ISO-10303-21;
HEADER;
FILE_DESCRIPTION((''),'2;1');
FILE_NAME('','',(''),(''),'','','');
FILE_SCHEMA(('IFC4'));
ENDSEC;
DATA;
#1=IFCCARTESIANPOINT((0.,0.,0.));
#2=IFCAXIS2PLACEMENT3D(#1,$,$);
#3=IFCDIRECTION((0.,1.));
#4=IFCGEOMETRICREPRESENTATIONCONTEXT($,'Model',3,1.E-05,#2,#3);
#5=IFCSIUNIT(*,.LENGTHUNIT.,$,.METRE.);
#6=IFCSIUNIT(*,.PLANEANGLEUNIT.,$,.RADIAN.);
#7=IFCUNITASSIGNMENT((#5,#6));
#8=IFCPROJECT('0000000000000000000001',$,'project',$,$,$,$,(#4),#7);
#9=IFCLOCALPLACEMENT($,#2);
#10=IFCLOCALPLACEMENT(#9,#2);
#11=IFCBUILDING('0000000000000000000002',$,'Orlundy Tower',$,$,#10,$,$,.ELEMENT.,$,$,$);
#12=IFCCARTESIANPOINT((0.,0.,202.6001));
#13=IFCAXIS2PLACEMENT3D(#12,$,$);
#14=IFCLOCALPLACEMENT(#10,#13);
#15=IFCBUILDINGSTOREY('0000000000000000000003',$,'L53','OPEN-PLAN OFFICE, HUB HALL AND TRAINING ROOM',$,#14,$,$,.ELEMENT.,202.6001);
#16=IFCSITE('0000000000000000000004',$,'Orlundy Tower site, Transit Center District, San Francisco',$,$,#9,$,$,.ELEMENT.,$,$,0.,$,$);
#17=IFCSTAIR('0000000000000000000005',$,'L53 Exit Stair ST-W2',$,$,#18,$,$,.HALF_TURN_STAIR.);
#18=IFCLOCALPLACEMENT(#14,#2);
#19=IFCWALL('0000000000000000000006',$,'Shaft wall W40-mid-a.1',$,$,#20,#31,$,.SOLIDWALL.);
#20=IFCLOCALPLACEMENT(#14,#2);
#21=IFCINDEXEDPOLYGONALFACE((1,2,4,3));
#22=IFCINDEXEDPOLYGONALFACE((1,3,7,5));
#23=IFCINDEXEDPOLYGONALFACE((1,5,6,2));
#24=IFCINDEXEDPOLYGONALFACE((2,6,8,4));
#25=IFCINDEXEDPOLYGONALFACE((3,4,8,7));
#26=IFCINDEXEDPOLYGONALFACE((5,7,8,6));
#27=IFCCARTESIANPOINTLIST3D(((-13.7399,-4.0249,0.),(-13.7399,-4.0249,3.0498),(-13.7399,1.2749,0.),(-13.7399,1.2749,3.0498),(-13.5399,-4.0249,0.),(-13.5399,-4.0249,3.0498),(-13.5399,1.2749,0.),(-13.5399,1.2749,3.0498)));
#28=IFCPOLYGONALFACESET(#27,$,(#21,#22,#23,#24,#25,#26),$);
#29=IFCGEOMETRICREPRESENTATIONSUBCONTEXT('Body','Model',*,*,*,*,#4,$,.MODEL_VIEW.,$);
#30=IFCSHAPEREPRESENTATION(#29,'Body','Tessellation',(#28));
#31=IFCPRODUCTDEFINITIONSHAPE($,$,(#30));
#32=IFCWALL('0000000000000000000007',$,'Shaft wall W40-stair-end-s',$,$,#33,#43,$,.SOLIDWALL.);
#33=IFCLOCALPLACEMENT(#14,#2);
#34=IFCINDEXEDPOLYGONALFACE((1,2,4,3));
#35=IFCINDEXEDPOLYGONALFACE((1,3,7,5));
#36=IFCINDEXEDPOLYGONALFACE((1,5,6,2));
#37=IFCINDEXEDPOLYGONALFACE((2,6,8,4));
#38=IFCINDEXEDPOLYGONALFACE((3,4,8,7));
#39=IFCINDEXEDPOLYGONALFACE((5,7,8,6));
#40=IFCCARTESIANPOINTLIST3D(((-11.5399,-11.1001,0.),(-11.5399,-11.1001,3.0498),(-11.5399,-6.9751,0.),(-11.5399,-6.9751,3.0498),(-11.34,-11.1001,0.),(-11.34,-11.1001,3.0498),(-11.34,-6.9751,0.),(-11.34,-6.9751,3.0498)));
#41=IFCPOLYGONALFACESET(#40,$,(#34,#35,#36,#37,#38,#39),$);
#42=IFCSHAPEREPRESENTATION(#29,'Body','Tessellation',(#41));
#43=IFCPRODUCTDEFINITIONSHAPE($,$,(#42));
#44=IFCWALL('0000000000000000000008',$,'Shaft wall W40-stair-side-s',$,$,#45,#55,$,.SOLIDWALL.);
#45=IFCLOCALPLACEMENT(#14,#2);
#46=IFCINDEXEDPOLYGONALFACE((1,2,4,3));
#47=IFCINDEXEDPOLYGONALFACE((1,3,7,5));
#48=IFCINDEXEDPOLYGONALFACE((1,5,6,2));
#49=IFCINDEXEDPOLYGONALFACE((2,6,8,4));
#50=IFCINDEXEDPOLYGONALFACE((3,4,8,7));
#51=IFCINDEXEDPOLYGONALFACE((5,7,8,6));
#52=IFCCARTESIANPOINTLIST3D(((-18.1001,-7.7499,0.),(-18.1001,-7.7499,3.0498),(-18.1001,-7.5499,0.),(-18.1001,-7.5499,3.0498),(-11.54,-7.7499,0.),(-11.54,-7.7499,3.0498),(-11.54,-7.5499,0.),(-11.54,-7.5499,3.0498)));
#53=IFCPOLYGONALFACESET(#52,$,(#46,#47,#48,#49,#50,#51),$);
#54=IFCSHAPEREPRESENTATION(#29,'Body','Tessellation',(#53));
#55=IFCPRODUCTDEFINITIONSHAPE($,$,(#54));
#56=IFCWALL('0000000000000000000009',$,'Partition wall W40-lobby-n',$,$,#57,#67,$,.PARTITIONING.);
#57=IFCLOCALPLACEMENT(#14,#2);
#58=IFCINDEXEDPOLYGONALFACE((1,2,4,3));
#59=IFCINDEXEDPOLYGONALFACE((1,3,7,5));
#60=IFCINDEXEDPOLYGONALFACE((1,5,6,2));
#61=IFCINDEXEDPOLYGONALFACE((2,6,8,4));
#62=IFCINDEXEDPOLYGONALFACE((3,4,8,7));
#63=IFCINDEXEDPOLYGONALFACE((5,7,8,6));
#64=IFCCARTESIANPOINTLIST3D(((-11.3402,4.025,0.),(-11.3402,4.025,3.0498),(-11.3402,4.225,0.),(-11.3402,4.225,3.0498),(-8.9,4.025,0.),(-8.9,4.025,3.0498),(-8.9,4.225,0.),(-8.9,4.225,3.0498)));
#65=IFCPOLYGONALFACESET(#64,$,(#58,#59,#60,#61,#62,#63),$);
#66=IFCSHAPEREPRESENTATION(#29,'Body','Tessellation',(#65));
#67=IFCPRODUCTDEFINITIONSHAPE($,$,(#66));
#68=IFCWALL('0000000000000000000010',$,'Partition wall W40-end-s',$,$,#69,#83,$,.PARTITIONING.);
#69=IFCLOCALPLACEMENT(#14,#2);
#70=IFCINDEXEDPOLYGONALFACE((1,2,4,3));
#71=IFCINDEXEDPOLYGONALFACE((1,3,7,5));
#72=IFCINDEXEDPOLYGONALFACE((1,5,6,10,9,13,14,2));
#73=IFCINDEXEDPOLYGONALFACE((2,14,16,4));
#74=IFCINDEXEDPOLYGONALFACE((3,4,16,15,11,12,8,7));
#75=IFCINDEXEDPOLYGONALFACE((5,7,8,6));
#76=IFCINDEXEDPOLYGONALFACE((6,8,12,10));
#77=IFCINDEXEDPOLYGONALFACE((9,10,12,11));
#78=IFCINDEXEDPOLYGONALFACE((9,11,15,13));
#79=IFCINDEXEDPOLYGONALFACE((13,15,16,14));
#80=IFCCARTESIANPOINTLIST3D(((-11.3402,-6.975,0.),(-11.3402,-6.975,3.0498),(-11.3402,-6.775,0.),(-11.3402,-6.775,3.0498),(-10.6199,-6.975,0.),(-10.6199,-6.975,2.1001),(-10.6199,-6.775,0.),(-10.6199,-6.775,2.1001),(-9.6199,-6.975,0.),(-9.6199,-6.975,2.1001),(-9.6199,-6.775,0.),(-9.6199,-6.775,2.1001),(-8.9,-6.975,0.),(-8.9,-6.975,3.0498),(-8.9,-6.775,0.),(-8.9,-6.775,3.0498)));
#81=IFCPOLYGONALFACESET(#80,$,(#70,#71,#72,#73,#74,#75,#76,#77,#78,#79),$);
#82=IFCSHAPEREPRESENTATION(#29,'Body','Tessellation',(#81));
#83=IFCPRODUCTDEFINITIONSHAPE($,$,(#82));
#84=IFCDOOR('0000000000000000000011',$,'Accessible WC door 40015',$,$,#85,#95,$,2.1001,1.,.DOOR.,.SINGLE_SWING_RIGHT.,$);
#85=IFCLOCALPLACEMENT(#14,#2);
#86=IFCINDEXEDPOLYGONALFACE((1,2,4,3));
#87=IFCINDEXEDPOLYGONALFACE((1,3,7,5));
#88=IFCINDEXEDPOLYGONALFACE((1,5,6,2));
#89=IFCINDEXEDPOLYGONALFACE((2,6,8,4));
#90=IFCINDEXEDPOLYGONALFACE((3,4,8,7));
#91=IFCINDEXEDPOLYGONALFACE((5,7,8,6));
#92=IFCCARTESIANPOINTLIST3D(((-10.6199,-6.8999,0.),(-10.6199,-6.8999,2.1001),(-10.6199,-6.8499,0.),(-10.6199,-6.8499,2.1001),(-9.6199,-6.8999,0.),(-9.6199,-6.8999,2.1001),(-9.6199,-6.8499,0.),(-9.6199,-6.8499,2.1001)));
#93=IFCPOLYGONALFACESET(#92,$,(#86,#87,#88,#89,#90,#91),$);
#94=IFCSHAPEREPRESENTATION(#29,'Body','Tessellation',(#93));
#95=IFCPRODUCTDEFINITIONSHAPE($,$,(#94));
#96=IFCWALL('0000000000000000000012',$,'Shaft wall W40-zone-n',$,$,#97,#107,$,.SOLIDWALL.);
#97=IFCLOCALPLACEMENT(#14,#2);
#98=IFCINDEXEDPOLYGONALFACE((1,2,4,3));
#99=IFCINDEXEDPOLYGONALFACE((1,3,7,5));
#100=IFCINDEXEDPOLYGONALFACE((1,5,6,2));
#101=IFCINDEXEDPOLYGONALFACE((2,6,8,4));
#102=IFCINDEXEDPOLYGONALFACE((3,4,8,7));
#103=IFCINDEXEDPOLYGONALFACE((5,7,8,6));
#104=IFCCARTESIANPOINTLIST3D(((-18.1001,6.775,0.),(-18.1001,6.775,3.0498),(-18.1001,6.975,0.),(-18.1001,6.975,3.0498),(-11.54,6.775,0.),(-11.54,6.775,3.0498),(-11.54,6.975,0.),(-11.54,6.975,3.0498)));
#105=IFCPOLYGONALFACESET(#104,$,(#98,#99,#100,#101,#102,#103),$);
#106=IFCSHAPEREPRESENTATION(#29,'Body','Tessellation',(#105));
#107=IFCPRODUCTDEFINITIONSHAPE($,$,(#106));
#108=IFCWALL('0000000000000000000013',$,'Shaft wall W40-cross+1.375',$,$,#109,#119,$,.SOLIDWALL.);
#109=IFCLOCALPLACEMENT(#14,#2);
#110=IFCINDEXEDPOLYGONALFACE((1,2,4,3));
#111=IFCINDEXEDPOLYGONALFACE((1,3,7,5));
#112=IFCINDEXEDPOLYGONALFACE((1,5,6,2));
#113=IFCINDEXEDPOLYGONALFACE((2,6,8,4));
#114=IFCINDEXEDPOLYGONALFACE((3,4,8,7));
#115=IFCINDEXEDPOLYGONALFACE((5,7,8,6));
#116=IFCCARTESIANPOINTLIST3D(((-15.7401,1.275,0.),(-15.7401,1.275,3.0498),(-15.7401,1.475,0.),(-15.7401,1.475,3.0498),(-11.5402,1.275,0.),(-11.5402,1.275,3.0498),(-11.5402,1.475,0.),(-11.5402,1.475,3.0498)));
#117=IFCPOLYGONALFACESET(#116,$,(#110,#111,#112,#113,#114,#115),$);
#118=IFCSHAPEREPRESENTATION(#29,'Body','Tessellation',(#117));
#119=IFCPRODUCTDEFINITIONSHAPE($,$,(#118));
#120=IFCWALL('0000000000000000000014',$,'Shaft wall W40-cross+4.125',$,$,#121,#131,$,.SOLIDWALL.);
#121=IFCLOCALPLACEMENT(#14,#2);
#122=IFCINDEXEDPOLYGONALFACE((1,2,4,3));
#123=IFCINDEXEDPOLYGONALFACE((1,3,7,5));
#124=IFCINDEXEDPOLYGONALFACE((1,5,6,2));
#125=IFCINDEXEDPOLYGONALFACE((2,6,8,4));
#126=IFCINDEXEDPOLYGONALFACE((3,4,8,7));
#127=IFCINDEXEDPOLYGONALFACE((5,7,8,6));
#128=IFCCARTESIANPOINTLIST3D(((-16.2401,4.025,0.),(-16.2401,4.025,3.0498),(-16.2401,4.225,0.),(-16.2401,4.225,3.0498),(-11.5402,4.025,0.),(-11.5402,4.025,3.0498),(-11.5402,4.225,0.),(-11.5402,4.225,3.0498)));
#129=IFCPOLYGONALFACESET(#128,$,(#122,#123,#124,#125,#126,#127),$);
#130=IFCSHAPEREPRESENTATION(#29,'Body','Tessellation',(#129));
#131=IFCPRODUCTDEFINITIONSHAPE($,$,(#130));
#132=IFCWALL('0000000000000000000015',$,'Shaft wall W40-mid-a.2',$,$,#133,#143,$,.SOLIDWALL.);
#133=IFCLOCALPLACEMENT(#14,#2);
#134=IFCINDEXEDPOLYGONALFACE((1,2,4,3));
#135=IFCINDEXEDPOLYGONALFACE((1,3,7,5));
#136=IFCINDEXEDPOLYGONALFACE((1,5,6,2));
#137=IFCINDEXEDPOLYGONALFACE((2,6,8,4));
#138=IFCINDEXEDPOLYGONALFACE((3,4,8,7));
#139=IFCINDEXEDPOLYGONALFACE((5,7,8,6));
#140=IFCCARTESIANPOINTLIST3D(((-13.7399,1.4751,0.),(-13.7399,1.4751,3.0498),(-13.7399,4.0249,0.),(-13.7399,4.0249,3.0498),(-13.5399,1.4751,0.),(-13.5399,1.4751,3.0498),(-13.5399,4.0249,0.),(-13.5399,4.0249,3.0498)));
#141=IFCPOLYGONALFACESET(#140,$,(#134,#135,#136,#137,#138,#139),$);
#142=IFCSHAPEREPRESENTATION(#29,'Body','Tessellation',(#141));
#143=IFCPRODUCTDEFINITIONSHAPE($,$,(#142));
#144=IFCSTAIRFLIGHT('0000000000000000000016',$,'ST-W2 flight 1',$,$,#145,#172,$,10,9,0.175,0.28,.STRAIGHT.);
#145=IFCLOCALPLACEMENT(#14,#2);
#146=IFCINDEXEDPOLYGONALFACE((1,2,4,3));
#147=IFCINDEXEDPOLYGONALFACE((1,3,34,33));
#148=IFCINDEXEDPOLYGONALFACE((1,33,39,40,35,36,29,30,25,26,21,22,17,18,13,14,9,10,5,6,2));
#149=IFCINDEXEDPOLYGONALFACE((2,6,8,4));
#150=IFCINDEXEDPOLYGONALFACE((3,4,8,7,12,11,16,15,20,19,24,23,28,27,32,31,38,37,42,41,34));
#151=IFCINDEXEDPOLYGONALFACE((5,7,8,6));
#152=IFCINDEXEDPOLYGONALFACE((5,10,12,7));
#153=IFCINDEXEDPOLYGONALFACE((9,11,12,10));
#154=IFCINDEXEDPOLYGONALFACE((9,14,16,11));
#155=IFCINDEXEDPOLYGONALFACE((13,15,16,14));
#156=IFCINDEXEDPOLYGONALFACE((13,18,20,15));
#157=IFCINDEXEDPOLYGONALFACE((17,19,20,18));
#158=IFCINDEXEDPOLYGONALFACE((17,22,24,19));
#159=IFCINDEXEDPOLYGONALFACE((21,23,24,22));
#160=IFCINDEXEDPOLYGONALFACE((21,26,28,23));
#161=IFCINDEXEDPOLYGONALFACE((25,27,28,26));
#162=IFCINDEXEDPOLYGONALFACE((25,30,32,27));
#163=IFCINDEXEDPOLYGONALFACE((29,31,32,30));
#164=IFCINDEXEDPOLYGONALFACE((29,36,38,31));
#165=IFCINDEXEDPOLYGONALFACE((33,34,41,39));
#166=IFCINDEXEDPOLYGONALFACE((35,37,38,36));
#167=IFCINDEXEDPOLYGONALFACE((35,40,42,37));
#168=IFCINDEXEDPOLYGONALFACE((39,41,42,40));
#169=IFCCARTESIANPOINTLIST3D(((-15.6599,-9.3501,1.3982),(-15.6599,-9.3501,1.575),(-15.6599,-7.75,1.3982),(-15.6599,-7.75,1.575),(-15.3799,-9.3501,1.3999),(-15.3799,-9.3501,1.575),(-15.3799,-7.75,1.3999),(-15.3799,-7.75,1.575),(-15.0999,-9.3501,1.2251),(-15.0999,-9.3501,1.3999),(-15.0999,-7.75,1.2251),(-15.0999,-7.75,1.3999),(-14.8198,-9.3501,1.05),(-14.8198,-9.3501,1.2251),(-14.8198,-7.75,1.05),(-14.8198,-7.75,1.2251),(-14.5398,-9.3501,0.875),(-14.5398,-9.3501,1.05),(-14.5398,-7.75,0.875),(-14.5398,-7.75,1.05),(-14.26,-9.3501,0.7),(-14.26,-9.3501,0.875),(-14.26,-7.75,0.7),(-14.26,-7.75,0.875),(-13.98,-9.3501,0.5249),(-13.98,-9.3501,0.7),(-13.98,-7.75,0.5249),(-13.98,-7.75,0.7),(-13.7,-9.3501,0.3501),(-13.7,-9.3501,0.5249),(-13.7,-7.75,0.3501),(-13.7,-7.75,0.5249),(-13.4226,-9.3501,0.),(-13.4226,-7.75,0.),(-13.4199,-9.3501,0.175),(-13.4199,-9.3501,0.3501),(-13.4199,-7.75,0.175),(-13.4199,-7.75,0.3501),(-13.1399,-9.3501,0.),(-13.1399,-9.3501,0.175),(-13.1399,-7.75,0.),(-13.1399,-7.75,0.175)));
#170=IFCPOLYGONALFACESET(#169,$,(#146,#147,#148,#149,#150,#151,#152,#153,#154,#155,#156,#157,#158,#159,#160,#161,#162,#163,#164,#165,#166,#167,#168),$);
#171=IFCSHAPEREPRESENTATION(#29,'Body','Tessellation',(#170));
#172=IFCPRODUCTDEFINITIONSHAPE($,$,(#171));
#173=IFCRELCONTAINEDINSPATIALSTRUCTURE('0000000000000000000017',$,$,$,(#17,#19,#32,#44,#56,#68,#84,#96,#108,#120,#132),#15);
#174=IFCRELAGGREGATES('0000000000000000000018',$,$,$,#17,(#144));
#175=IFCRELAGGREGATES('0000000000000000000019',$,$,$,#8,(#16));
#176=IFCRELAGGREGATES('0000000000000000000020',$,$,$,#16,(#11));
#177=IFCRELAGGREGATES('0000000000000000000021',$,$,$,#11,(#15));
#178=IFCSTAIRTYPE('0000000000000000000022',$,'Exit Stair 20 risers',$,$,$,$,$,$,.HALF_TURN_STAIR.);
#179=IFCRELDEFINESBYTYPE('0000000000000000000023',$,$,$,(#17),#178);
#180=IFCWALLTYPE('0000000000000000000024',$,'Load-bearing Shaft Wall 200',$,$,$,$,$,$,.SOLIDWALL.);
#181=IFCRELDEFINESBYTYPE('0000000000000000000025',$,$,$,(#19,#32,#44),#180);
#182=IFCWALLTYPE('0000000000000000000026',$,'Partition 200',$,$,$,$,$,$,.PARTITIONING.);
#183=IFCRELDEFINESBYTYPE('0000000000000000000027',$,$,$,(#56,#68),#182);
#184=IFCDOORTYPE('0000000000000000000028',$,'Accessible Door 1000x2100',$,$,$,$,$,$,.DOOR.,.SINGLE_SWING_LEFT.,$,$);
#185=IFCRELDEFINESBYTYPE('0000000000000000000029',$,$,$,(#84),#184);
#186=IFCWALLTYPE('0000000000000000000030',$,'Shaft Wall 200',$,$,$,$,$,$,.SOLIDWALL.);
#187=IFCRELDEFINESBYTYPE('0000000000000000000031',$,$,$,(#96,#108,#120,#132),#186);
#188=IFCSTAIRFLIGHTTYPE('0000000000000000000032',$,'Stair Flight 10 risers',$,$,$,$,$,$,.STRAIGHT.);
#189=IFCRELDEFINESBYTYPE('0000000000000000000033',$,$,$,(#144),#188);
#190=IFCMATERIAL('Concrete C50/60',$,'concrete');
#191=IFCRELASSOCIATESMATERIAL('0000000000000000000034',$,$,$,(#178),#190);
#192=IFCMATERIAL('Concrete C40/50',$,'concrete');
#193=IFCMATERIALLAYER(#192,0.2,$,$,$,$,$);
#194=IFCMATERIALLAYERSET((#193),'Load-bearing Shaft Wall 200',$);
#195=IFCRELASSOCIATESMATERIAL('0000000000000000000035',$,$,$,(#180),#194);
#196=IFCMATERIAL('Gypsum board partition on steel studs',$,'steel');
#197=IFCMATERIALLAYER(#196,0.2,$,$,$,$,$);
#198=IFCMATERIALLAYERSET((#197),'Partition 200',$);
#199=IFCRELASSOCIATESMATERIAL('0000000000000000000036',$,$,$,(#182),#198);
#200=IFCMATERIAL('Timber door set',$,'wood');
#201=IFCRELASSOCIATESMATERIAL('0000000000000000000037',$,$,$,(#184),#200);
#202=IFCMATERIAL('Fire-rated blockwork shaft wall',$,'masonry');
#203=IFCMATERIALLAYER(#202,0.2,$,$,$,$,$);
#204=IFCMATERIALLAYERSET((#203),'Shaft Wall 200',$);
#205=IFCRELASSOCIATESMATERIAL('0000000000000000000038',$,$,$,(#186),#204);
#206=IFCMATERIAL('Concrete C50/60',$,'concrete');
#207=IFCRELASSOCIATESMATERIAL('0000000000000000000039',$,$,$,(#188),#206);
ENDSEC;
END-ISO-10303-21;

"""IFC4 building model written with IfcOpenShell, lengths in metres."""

from ifc_helpers import new_model, si_unit, direction, frame, frame_2d, origin, place, context, subcontext, project, spatial, polyline, rectangle, outline, extrude, material, layer, layer_set, type_object, element, fill, aggregate, save


model = new_model("IFC4")

# Units and contexts
model_context = context("Model", 3, precision=1e-05, world=origin(), true_north=direction((0.0, 1.0)))
body_context = subcontext(model_context, "Body", "Model", "MODEL_VIEW")
ifc_project = project(units=[si_unit("LENGTHUNIT", "METRE"), si_unit("PLANEANGLEUNIT", "RADIAN")], contexts=[model_context])

# Site, building, storey
site_placement = place(None, origin())
site = spatial("IfcSite", under=ifc_project, at=site_placement, Name="Orlundy Tower site, Transit Center District, San Francisco", CompositionType="ELEMENT", RefElevation=0.0)
building_placement = place(site_placement, origin())
building = spatial("IfcBuilding", under=site, at=building_placement, Name="Orlundy Tower", CompositionType="ELEMENT")
storey_placement = place(building_placement, frame((0.0, 0.0, 202.6001)))
storey = spatial("IfcBuildingStorey", under=building, at=storey_placement, Name="L53", Description="OPEN-PLAN OFFICE, HUB HALL AND TRAINING ROOM", CompositionType="ELEMENT", Elevation=202.6001)

# Stair
ifc_material_1 = material(Name="Concrete C50/60", Category="concrete")
stair_type = type_object("IfcStairType", Name="Exit Stair 20 risers", PredefinedType="HALF_TURN_STAIR", material=ifc_material_1)
stair_1_placement = place(storey_placement, origin())
stair_1 = element("IfcStair", 1, at=stair_1_placement, inside=storey, type_object=stair_type, Name="L53 Exit Stair ST-W2", PredefinedType="HALF_TURN_STAIR")

# Shared definitions
ifc_material_2 = material(Name="Concrete C40/50", Category="concrete")
ifc_layer_1 = layer(ifc_material_2, 0.2)
ifc_layer_set_1 = layer_set([ifc_layer_1], Name="Load-bearing Shaft Wall 200")
wall_type_1 = type_object("IfcWallType", Name="Load-bearing Shaft Wall 200", PredefinedType="SOLIDWALL", material=ifc_layer_set_1)

# Walls
wall_1_placement = place(storey_placement, frame((-13.6399, -4.0249, 0.0), z_axis=(0.0, 0.0, 1.0), x_axis=(0.0, 1.0, 0.0)))
element("IfcWall", 2, at=wall_1_placement, inside=storey, type_object=wall_type_1, Name="Shaft wall W40-mid-a.1", PredefinedType="SOLIDWALL", context=body_context, shape_type="SweptSolid", body=[
    extrude(rectangle(XDim=5.2998, YDim=0.2, at=frame_2d((2.6499, 0.0))), origin(), (0.0, 0.0, 1.0), 3.0498),
])
wall_2_placement = place(storey_placement, frame((-11.4399, -11.1001, 0.0), z_axis=(0.0, 0.0, 1.0), x_axis=(0.0, 1.0, 0.0)))
element("IfcWall", 3, at=wall_2_placement, inside=storey, type_object=wall_type_1, Name="Shaft wall W40-stair-end-s", PredefinedType="SOLIDWALL", context=body_context, shape_type="SweptSolid", body=[
    extrude(rectangle(XDim=4.125, YDim=0.2, at=frame_2d((2.0625, 0.0))), origin(), (0.0, 0.0, 1.0), 3.0498),
])
wall_3_placement = place(storey_placement, frame((-11.54, -7.6499, 0.0), z_axis=(0.0, 0.0, 1.0), x_axis=(-1.0, 0.0, 0.0)))
element("IfcWall", 4, at=wall_3_placement, inside=storey, type_object=wall_type_1, Name="Shaft wall W40-stair-side-s", PredefinedType="SOLIDWALL", context=body_context, shape_type="SweptSolid", body=[
    extrude(rectangle(XDim=6.5601, YDim=0.2, at=frame_2d((3.28, 0.0))), origin(), (0.0, 0.0, 1.0), 3.0498),
])
ifc_material_3 = material(Name="Gypsum board partition on steel studs", Category="steel")
ifc_layer_2 = layer(ifc_material_3, 0.2)
ifc_layer_set_2 = layer_set([ifc_layer_2], Name="Partition 200")
wall_type_2 = type_object("IfcWallType", Name="Partition 200", PredefinedType="PARTITIONING", material=ifc_layer_set_2)
wall_4_placement = place(storey_placement, frame((-8.8999, 4.125, 0.0), z_axis=(0.0, 0.0, 1.0), x_axis=(-1.0, 0.0, 0.0)))
element("IfcWall", 5, at=wall_4_placement, inside=storey, type_object=wall_type_2, Name="Partition wall W40-lobby-n", PredefinedType="PARTITIONING", context=body_context, shape_type="SweptSolid", body=[
    extrude(rectangle(XDim=2.4402, YDim=0.2, at=frame_2d((1.2202, 0.0))), origin(), (0.0, 0.0, 1.0), 3.0498),
])

# Wall, opening, door
wall_5_placement = place(storey_placement, frame((-8.8999, -6.875, 0.0), z_axis=(0.0, 0.0, 1.0), x_axis=(-1.0, 0.0, 0.0)))
wall_5 = element("IfcWall", 6, at=wall_5_placement, inside=storey, type_object=wall_type_2, Name="Partition wall W40-end-s", PredefinedType="PARTITIONING", context=body_context, shape_type="SweptSolid", body=[
    extrude(rectangle(XDim=2.4402, YDim=0.2, at=frame_2d((1.2202, 0.0))), origin(), (0.0, 0.0, 1.0), 3.0498),
])
opening_1_placement = place(wall_5_placement, frame((0.72, 0.0, 0.0)))
opening_1 = element("IfcOpeningElement", 7, at=opening_1_placement, cuts=wall_5, PredefinedType="OPENING", context=body_context, shape_type="SweptSolid", body=[
    extrude(rectangle(XDim=1.0, YDim=2.1001, at=frame_2d((0.5, 1.05))), frame((0.0, 0.1101, 0.0), z_axis=(0.0, -1.0, 0.0), x_axis=(1.0, 0.0, 0.0)), (0.0, 0.0, 1.0), 0.2202),
])
ifc_material_4 = material(Name="Timber door set", Category="wood")
door_type_1 = type_object("IfcDoorType", Name="Accessible Door 1000x2100", OperationType="SINGLE_SWING_LEFT", PredefinedType="DOOR", material=ifc_material_4)
door_1_placement = place(opening_1_placement, origin())
door_1 = element("IfcDoor", 8, at=door_1_placement, inside=storey, type_object=door_type_1, Name="Accessible WC door 40015", OperationType="SINGLE_SWING_RIGHT", OverallHeight=2.1001, OverallWidth=1.0, PredefinedType="DOOR", context=body_context, shape_type="SweptSolid", body=[
    extrude(rectangle(XDim=1.0, YDim=2.1001, at=frame_2d((0.5, 1.05))), frame((0.0, 0.0249, 0.0), z_axis=(0.0, -1.0, 0.0), x_axis=(1.0, 0.0, 0.0)), (0.0, 0.0, 1.0), 0.05),
])
fill(opening_1, door_1)

# Walls
ifc_material_5 = material(Name="Fire-rated blockwork shaft wall", Category="masonry")
ifc_layer_3 = layer(ifc_material_5, 0.2)
ifc_layer_set_3 = layer_set([ifc_layer_3], Name="Shaft Wall 200")
wall_type_3 = type_object("IfcWallType", Name="Shaft Wall 200", PredefinedType="SOLIDWALL", material=ifc_layer_set_3)
wall_6_placement = place(storey_placement, frame((-11.54, 6.875, 0.0), z_axis=(0.0, 0.0, 1.0), x_axis=(-1.0, 0.0, 0.0)))
element("IfcWall", 9, at=wall_6_placement, inside=storey, type_object=wall_type_3, Name="Shaft wall W40-zone-n", PredefinedType="SOLIDWALL", context=body_context, shape_type="SweptSolid", body=[
    extrude(rectangle(XDim=6.5601, YDim=0.2, at=frame_2d((3.28, 0.0))), origin(), (0.0, 0.0, 1.0), 3.0498),
])
wall_7_placement = place(storey_placement, frame((-11.54, 1.375, 0.0), z_axis=(0.0, 0.0, 1.0), x_axis=(-1.0, 0.0, 0.0)))
element("IfcWall", 10, at=wall_7_placement, inside=storey, type_object=wall_type_3, Name="Shaft wall W40-cross+1.375", PredefinedType="SOLIDWALL", context=body_context, shape_type="SweptSolid", body=[
    extrude(rectangle(XDim=4.2, YDim=0.2, at=frame_2d((2.1001, 0.0))), origin(), (0.0, 0.0, 1.0), 3.0498),
])
wall_8_placement = place(storey_placement, frame((-11.54, 4.125, 0.0), z_axis=(0.0, 0.0, 1.0), x_axis=(-1.0, 0.0, 0.0)))
element("IfcWall", 11, at=wall_8_placement, inside=storey, type_object=wall_type_3, Name="Shaft wall W40-cross+4.125", PredefinedType="SOLIDWALL", context=body_context, shape_type="SweptSolid", body=[
    extrude(rectangle(XDim=4.7, YDim=0.2, at=frame_2d((2.3501, 0.0))), origin(), (0.0, 0.0, 1.0), 3.0498),
])
wall_9_placement = place(storey_placement, frame((-13.6399, 1.4751, 0.0), z_axis=(0.0, 0.0, 1.0), x_axis=(0.0, 1.0, 0.0)))
element("IfcWall", 12, at=wall_9_placement, inside=storey, type_object=wall_type_3, Name="Shaft wall W40-mid-a.2", PredefinedType="SOLIDWALL", context=body_context, shape_type="SweptSolid", body=[
    extrude(rectangle(XDim=2.5498, YDim=0.2, at=frame_2d((1.2749, 0.0))), origin(), (0.0, 0.0, 1.0), 3.0498),
])

# Stair flight
ifc_material_6 = material(Name="Concrete C50/60", Category="concrete")
stair_flight_type = type_object("IfcStairFlightType", Name="Stair Flight 10 risers", PredefinedType="STRAIGHT", material=ifc_material_6)
stair_flight_placement = place(storey_placement, frame((-13.1399, -8.55, 0.0), z_axis=(0.0, 0.0, 1.0), x_axis=(-1.0, 0.0, 0.0)))
stair_flight = element("IfcStairFlight", 13, at=stair_flight_placement, type_object=stair_flight_type, Name="ST-W2 flight 1", NumberOfRisers=10, NumberOfTreads=9, PredefinedType="STRAIGHT", RiserHeight=0.175, TreadLength=0.28, context=body_context, shape_type="SweptSolid", body=[
    extrude(outline(polyline([(0.0, 0.0), (0.0, 0.175), (0.28, 0.175), (0.28, 0.3501), (0.5601, 0.3501), (0.5601, 0.5249), (0.8401, 0.5249), (0.8401, 0.7), (1.1201, 0.7), (1.1201, 0.875), (1.3999, 0.875), (1.3999, 1.05), (1.6799, 1.05), (1.6799, 1.2251), (1.96, 1.2251), (1.96, 1.3999), (2.24, 1.3999), (2.24, 1.575), (2.52, 1.575), (2.52, 1.75), (2.52, 1.3982), (0.2827, 0.0), (0.0, 0.0)])), frame((0.0, 0.8, 0.0), z_axis=(0.0, -1.0, 0.0), x_axis=(1.0, 0.0, 0.0)), (0.0, 0.0, 1.0), 1.6001),
])
aggregate(stair_1, [stair_flight])

save(model, "model.ifc")
